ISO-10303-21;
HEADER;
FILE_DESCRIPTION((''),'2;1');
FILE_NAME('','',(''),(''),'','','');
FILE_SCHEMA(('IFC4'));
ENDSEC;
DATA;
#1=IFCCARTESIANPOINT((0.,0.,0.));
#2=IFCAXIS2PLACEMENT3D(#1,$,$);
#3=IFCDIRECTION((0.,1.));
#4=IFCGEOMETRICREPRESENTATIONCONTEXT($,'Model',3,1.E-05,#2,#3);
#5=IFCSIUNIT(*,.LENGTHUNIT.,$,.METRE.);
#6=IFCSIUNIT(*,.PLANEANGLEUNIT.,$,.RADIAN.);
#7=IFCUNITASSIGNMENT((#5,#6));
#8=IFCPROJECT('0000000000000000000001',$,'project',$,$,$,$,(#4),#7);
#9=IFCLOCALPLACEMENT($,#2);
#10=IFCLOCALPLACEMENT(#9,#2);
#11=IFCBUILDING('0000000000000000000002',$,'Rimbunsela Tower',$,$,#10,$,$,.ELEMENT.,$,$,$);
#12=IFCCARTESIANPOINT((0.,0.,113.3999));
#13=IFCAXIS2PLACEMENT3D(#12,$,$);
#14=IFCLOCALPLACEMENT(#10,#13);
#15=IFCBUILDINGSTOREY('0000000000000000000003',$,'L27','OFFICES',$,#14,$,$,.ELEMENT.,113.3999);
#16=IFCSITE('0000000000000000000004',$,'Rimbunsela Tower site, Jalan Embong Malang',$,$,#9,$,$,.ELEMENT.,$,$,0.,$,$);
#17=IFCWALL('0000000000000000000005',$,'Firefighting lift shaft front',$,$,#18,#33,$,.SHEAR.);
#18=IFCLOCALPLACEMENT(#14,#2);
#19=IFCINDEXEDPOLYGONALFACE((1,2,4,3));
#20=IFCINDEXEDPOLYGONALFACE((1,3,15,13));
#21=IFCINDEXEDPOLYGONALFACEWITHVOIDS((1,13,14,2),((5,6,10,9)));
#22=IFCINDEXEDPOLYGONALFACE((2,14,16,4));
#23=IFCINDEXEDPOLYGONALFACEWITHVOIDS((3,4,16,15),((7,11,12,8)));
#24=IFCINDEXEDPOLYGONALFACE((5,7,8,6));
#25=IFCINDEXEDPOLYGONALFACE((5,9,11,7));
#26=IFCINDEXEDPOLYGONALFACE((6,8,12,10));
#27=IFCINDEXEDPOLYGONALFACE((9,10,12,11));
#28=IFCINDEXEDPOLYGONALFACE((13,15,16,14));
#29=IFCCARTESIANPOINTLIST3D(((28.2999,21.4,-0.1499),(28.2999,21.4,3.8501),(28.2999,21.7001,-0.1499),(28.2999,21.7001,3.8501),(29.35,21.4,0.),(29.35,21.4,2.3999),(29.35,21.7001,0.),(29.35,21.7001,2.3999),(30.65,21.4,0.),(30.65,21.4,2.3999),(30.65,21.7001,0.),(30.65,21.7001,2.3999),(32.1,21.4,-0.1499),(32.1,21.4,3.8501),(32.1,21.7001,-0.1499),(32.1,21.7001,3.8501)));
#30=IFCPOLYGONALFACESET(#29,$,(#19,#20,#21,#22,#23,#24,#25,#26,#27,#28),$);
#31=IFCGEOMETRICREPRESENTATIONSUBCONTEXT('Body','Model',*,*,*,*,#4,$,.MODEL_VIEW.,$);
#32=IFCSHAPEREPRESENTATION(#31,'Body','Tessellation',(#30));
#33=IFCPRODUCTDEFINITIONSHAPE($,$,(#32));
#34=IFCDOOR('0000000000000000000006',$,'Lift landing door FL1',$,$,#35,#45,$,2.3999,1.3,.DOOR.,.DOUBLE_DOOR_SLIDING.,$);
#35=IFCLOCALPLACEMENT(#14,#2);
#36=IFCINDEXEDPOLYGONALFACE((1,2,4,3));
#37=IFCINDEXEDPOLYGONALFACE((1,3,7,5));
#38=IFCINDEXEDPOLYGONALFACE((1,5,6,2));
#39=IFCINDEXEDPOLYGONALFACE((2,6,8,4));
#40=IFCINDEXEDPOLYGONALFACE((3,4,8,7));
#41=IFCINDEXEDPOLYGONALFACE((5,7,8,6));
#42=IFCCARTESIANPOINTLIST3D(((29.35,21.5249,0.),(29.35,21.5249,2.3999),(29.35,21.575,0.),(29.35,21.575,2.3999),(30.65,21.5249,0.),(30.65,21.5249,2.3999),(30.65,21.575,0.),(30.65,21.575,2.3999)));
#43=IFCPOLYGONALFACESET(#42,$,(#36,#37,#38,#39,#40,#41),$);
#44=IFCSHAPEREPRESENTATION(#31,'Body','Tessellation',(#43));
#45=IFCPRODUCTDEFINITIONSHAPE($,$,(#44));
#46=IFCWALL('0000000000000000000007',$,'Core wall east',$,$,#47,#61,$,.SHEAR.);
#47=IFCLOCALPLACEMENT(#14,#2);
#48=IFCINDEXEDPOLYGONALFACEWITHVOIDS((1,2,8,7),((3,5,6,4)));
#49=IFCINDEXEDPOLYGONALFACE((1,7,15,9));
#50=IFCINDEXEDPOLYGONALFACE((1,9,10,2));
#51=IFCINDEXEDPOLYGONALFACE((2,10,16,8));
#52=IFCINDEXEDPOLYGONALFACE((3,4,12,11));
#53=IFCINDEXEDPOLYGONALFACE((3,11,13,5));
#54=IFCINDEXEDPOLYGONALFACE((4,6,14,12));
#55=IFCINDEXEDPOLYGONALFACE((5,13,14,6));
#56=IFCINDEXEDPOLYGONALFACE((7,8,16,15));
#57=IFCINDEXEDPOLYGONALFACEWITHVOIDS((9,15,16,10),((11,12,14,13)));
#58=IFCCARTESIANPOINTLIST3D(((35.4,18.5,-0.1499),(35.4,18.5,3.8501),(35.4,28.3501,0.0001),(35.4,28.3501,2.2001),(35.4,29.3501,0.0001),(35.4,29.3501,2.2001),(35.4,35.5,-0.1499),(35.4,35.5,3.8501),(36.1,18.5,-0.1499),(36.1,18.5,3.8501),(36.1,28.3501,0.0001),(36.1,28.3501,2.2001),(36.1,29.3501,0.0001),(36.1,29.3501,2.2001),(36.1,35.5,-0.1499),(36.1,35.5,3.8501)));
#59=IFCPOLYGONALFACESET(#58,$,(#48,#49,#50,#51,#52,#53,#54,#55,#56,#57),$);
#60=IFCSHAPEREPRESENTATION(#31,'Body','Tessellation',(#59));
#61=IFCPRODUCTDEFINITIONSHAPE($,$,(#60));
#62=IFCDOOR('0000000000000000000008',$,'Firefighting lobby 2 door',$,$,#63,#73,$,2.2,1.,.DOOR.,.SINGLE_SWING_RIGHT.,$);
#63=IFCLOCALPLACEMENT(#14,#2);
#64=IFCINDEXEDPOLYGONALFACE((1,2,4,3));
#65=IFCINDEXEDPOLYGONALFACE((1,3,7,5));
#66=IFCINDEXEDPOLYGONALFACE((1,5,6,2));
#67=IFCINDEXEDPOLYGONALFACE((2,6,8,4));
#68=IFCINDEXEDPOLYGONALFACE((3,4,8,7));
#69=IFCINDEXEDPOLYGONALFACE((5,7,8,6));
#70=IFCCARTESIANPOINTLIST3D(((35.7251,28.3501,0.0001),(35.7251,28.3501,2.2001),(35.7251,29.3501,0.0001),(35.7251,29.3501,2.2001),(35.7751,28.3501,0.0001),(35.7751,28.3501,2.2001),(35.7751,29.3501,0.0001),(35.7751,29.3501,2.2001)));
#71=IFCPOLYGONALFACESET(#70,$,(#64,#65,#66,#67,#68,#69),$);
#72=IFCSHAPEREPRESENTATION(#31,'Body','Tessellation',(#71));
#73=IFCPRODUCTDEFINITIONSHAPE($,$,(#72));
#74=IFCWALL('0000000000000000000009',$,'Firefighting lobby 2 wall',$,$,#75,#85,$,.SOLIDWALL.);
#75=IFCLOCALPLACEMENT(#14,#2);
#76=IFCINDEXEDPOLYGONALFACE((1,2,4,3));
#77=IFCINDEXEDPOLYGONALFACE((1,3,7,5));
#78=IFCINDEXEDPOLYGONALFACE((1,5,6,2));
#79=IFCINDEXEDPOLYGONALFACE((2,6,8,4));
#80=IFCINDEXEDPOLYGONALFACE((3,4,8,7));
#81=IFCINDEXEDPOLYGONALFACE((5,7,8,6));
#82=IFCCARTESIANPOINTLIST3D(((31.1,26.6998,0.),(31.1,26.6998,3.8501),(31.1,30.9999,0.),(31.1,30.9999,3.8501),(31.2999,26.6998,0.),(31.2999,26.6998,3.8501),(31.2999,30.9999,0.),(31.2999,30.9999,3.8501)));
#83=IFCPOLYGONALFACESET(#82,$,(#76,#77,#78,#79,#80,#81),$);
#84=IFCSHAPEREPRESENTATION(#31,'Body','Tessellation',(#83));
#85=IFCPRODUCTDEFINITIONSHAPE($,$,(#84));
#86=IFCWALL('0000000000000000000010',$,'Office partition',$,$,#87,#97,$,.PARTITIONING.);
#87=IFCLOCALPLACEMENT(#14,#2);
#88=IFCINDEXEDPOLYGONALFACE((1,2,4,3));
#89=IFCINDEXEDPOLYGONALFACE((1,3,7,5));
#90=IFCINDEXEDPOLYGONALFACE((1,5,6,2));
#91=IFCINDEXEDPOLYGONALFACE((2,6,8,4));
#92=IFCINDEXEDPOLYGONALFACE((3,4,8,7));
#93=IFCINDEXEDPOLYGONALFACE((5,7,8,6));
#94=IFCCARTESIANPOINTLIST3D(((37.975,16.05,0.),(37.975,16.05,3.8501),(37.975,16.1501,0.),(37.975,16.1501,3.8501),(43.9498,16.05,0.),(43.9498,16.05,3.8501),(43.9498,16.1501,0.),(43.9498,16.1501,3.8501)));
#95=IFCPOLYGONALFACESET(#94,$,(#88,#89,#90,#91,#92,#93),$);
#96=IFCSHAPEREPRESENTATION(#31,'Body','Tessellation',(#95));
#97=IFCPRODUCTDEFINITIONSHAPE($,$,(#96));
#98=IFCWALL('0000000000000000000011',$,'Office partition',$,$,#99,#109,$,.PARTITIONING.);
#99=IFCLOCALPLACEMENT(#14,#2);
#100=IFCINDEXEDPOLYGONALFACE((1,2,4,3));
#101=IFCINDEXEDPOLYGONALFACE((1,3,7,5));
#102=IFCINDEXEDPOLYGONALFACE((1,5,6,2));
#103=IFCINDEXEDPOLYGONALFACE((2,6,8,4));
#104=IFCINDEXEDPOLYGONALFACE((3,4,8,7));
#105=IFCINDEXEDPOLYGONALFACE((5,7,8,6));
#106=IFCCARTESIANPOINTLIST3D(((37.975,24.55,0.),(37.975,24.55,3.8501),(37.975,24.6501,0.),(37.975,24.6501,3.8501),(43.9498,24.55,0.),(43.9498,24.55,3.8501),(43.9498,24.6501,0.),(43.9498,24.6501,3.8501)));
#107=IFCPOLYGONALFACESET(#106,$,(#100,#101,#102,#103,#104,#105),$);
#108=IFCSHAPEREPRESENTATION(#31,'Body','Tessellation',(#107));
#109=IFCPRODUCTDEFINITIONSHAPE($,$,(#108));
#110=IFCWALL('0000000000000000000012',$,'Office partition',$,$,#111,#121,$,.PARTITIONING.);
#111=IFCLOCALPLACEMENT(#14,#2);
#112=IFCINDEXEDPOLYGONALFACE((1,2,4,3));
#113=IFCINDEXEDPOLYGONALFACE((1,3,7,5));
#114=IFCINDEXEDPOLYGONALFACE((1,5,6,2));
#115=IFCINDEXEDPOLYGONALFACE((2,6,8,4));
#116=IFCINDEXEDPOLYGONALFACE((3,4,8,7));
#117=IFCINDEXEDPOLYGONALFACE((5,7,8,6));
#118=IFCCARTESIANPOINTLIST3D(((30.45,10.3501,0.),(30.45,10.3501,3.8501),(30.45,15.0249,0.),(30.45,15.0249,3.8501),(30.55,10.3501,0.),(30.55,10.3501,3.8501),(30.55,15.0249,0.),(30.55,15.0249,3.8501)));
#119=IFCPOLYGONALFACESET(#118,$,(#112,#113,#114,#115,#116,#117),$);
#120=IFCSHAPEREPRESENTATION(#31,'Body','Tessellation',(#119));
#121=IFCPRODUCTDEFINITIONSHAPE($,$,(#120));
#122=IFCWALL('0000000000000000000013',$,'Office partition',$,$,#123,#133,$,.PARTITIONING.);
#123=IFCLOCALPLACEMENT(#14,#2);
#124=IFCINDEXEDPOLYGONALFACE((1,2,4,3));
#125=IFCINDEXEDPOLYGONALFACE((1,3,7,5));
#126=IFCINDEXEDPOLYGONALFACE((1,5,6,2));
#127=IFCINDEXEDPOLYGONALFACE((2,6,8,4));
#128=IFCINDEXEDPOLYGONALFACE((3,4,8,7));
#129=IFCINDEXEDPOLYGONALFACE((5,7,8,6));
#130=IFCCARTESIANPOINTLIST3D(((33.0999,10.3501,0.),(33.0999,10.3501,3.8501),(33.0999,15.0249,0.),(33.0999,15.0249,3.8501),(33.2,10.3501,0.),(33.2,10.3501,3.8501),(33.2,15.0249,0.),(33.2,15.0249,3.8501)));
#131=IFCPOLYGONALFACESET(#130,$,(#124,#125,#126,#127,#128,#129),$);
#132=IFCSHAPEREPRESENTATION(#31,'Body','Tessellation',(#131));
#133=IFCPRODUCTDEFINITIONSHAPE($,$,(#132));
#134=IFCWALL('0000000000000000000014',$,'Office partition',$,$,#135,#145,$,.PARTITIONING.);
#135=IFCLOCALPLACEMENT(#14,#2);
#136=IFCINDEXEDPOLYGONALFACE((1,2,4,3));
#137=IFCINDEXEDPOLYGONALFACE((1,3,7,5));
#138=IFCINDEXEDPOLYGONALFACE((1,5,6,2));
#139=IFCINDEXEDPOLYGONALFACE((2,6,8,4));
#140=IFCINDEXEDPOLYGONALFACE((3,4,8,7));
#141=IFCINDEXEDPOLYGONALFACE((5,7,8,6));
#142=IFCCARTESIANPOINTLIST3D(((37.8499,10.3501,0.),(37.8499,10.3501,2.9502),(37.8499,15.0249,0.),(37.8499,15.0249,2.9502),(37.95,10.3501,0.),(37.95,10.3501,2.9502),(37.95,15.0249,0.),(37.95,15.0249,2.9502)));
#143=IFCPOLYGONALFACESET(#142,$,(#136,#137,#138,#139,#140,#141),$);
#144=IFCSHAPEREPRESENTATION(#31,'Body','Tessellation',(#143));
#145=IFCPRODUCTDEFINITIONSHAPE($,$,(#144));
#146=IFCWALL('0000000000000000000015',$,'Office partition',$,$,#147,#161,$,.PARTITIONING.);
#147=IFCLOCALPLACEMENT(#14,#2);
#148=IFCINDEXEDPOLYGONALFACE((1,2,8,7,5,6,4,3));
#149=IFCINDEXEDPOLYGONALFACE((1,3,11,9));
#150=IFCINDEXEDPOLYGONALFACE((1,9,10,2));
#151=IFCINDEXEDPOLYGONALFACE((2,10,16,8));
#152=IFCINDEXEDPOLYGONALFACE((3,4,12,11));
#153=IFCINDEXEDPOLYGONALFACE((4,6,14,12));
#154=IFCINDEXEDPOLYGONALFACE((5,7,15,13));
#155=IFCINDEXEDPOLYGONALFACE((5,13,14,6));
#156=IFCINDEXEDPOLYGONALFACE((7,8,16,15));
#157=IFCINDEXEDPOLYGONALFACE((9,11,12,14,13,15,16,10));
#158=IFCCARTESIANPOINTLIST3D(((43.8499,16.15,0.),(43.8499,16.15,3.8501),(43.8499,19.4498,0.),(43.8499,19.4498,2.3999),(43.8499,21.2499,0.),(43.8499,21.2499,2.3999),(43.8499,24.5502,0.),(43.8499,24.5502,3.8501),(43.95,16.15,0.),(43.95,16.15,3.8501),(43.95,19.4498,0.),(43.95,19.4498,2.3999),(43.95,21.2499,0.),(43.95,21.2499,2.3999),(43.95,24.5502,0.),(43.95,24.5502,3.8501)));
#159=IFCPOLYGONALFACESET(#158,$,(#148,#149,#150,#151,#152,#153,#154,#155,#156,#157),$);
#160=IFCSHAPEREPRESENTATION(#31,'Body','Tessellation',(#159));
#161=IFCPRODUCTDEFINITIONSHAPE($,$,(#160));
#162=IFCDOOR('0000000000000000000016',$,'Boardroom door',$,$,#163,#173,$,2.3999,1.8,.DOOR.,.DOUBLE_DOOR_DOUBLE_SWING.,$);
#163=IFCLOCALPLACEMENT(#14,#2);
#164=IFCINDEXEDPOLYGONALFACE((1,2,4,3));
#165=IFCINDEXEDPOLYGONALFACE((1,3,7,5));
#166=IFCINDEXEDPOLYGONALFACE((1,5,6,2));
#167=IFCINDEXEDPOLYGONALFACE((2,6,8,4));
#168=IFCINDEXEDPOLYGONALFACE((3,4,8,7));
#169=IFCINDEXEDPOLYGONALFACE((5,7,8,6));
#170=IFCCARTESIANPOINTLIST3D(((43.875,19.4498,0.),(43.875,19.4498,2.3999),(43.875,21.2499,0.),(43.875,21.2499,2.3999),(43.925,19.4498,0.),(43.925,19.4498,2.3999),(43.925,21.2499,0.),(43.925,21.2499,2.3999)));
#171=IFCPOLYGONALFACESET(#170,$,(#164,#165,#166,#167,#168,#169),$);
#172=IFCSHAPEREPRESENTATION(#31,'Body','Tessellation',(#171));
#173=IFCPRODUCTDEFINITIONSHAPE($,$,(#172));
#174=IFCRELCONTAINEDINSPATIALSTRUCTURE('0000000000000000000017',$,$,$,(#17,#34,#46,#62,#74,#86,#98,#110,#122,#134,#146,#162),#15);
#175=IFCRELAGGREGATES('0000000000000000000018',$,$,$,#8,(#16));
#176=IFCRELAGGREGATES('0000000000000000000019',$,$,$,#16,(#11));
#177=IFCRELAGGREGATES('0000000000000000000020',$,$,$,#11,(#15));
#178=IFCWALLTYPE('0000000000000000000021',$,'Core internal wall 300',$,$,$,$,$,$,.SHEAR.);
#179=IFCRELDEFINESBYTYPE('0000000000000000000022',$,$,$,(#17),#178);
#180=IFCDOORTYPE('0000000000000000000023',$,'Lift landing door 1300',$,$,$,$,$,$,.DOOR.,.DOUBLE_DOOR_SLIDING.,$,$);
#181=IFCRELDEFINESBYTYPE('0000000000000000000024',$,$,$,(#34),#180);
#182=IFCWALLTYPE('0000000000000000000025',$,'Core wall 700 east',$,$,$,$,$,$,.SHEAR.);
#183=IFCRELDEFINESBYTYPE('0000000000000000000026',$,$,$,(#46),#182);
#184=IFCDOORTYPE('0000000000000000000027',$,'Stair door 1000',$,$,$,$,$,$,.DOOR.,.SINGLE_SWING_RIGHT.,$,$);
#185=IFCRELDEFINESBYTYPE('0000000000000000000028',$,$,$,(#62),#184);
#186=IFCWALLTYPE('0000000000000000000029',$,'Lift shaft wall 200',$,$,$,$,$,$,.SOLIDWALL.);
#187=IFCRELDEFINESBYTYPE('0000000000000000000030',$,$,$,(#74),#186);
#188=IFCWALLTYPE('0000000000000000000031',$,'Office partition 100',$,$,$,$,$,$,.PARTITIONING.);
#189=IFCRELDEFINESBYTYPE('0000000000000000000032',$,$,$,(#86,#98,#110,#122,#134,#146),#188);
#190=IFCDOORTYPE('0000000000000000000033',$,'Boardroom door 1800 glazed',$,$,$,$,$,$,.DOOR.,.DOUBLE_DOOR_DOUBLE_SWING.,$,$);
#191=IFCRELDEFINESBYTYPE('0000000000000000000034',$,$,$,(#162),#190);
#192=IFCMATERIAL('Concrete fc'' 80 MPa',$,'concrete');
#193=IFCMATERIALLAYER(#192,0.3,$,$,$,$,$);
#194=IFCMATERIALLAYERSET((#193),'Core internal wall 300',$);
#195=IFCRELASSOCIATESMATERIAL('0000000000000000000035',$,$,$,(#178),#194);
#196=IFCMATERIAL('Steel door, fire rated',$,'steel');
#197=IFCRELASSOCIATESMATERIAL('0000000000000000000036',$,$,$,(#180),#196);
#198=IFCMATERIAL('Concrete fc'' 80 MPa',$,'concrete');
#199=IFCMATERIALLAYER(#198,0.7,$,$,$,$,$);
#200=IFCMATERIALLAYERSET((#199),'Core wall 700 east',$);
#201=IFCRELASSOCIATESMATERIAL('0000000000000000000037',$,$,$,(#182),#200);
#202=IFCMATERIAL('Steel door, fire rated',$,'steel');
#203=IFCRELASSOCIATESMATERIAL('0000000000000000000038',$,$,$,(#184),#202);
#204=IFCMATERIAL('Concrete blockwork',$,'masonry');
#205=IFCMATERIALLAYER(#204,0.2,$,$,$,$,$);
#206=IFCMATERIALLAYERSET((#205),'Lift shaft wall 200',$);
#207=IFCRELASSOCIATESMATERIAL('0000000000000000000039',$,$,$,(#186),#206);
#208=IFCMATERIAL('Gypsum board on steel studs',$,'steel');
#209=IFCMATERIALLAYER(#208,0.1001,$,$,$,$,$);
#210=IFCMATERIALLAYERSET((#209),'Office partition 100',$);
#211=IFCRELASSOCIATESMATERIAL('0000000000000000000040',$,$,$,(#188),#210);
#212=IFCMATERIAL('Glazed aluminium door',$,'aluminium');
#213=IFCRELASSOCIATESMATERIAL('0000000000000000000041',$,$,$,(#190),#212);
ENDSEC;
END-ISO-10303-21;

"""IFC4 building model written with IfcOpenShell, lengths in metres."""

from ifc_helpers import new_model, si_unit, direction, frame, frame_2d, origin, place, context, subcontext, project, spatial, rectangle, extrude, material, layer, layer_set, type_object, element, fill, save


model = new_model("IFC4")

# Units and contexts
model_context = context("Model", 3, precision=1e-05, world=origin(), true_north=direction((0.0, 1.0)))
body_context = subcontext(model_context, "Body", "Model", "MODEL_VIEW")
ifc_project = project(units=[si_unit("LENGTHUNIT", "METRE"), si_unit("PLANEANGLEUNIT", "RADIAN")], contexts=[model_context])

# Site, building, storey
site_placement = place(None, origin())
site = spatial("IfcSite", under=ifc_project, at=site_placement, Name="Rimbunsela Tower site, Jalan Embong Malang", CompositionType="ELEMENT", RefElevation=0.0)
building_placement = place(site_placement, origin())
building = spatial("IfcBuilding", under=site, at=building_placement, Name="Rimbunsela Tower", CompositionType="ELEMENT")
storey_placement = place(building_placement, frame((0.0, 0.0, 113.3999)))
storey = spatial("IfcBuildingStorey", under=building, at=storey_placement, Name="L27", Description="OFFICES", CompositionType="ELEMENT", Elevation=113.3999)

# Shared definitions
ifc_material_1 = material(Name="Concrete fc' 80 MPa", Category="concrete")
ifc_layer_1 = layer(ifc_material_1, 0.3)
ifc_layer_set_1 = layer_set([ifc_layer_1], Name="Core internal wall 300")
wall_type_1 = type_object("IfcWallType", Name="Core internal wall 300", PredefinedType="SHEAR", material=ifc_layer_set_1)

# Walls, openings, doors
wall_1_placement = place(storey_placement, frame((28.3, 21.55, -0.1499), z_axis=(0.0, 0.0, 1.0), x_axis=(1.0, 0.0, 0.0)))
wall_1 = element("IfcWall", 1, at=wall_1_placement, inside=storey, type_object=wall_type_1, Name="Firefighting lift shaft front", PredefinedType="SHEAR", context=body_context, shape_type="SweptSolid", body=[
    extrude(rectangle(XDim=3.8, YDim=0.3, at=frame_2d((1.8999, 0.0))), origin(), (0.0, 0.0, 1.0), 4.0),
])
opening_1_placement = place(wall_1_placement, frame((1.05, 0.0, 0.1499)))
opening_1 = element("IfcOpeningElement", 2, at=opening_1_placement, cuts=wall_1, PredefinedType="OPENING", context=body_context, shape_type="SweptSolid", body=[
    extrude(rectangle(XDim=1.3, YDim=2.3999, at=frame_2d((0.6499, 1.2))), frame((0.0, 0.1599, 0.0), z_axis=(0.0, -1.0, 0.0), x_axis=(1.0, 0.0, 0.0)), (0.0, 0.0, 1.0), 0.3201),
])
ifc_material_2 = material(Name="Steel door, fire rated", Category="steel")
door_type_1 = type_object("IfcDoorType", Name="Lift landing door 1300", OperationType="DOUBLE_DOOR_SLIDING", PredefinedType="DOOR", material=ifc_material_2)
door_1_placement = place(opening_1_placement, origin())
door_1 = element("IfcDoor", 3, at=door_1_placement, inside=storey, type_object=door_type_1, Name="Lift landing door FL1", OperationType="DOUBLE_DOOR_SLIDING", OverallHeight=2.3999, OverallWidth=1.3, PredefinedType="DOOR", context=body_context, shape_type="SweptSolid", body=[
    extrude(rectangle(XDim=1.3, YDim=2.3999, at=frame_2d((0.6499, 1.2))), frame((0.0, 0.0249, 0.0), z_axis=(0.0, -1.0, 0.0), x_axis=(1.0, 0.0, 0.0)), (0.0, 0.0, 1.0), 0.05),
])
fill(opening_1, door_1)
ifc_material_3 = material(Name="Concrete fc' 80 MPa", Category="concrete")
ifc_layer_2 = layer(ifc_material_3, 0.7)
ifc_layer_set_2 = layer_set([ifc_layer_2], Name="Core wall 700 east")
wall_type_2 = type_object("IfcWallType", Name="Core wall 700 east", PredefinedType="SHEAR", material=ifc_layer_set_2)
wall_2_placement = place(storey_placement, frame((35.75, 18.5, -0.1499), z_axis=(0.0, 0.0, 1.0), x_axis=(0.0, 1.0, 0.0)))
wall_2 = element("IfcWall", 4, at=wall_2_placement, inside=storey, type_object=wall_type_2, Name="Core wall east", PredefinedType="SHEAR", context=body_context, shape_type="SweptSolid", body=[
    extrude(rectangle(XDim=17.0, YDim=0.7, at=frame_2d((8.5, 0.0))), origin(), (0.0, 0.0, 1.0), 4.0),
])
opening_2_placement = place(wall_2_placement, frame((9.8501, 0.0, 0.1499)))
opening_2 = element("IfcOpeningElement", 5, at=opening_2_placement, cuts=wall_2, PredefinedType="OPENING", context=body_context, shape_type="SweptSolid", body=[
    extrude(rectangle(XDim=1.0, YDim=2.2, at=frame_2d((0.5, 1.1001))), frame((0.0, 0.3599, 0.0), z_axis=(0.0, -1.0, 0.0), x_axis=(1.0, 0.0, 0.0)), (0.0, 0.0, 1.0), 0.72),
])
ifc_material_4 = material(Name="Steel door, fire rated", Category="steel")
door_type_2 = type_object("IfcDoorType", Name="Stair door 1000", OperationType="SINGLE_SWING_RIGHT", PredefinedType="DOOR", material=ifc_material_4)
door_2_placement = place(opening_2_placement, origin())
door_2 = element("IfcDoor", 6, at=door_2_placement, inside=storey, type_object=door_type_2, Name="Firefighting lobby 2 door", OperationType="SINGLE_SWING_RIGHT", OverallHeight=2.2, OverallWidth=1.0, PredefinedType="DOOR", context=body_context, shape_type="SweptSolid", body=[
    extrude(rectangle(XDim=1.0, YDim=2.2, at=frame_2d((0.5, 1.1001))), frame((0.0, 0.0249, 0.0), z_axis=(0.0, -1.0, 0.0), x_axis=(1.0, 0.0, 0.0)), (0.0, 0.0, 1.0), 0.05),
])
fill(opening_2, door_2)

# Walls
ifc_material_5 = material(Name="Concrete blockwork", Category="masonry")
ifc_layer_3 = layer(ifc_material_5, 0.2)
ifc_layer_set_3 = layer_set([ifc_layer_3], Name="Lift shaft wall 200")
wall_type_3 = type_object("IfcWallType", Name="Lift shaft wall 200", PredefinedType="SOLIDWALL", material=ifc_layer_set_3)
wall_3_placement = place(storey_placement, frame((31.2, 26.7, 0.0), z_axis=(0.0, 0.0, 1.0), x_axis=(0.0, 1.0, 0.0)))
element("IfcWall", 7, at=wall_3_placement, inside=storey, type_object=wall_type_3, Name="Firefighting lobby 2 wall", PredefinedType="SOLIDWALL", context=body_context, shape_type="SweptSolid", body=[
    extrude(rectangle(XDim=4.3, YDim=0.2, at=frame_2d((2.1499, 0.0))), origin(), (0.0, 0.0, 1.0), 3.8501),
])
ifc_material_6 = material(Name="Gypsum board on steel studs", Category="steel")
ifc_layer_4 = layer(ifc_material_6, 0.1001)
ifc_layer_set_4 = layer_set([ifc_layer_4], Name="Office partition 100")
wall_type_4 = type_object("IfcWallType", Name="Office partition 100", PredefinedType="PARTITIONING", material=ifc_layer_set_4)
for number, where, z_axis, x_axis, name in (
    (8, (37.9751, 16.1001, 0.0), (0.0, 0.0, 1.0), (1.0, 0.0, 0.0), "Office partition"),
    (9, (37.9751, 24.6001, 0.0), (0.0, 0.0, 1.0), (1.0, 0.0, 0.0), "Office partition"),
):
    element("IfcWall", number, at=place(storey_placement, frame(where, z_axis=z_axis, x_axis=x_axis)), inside=storey, type_object=wall_type_4, Name=name, PredefinedType="PARTITIONING", context=body_context, shape_type="SweptSolid", body=[
        extrude(rectangle(XDim=5.9749, YDim=0.1001, at=frame_2d((2.9873, 0.0))), origin(), (0.0, 0.0, 1.0), 3.8501),
    ])
for number, where, z_axis, x_axis, name in (
    (10, (30.5, 10.3501, 0.0), (0.0, 0.0, 1.0), (0.0, 1.0, 0.0), "Office partition"),
    (11, (33.1499, 10.3501, 0.0), (0.0, 0.0, 1.0), (0.0, 1.0, 0.0), "Office partition"),
):
    element("IfcWall", number, at=place(storey_placement, frame(where, z_axis=z_axis, x_axis=x_axis)), inside=storey, type_object=wall_type_4, Name=name, PredefinedType="PARTITIONING", context=body_context, shape_type="SweptSolid", body=[
        extrude(rectangle(XDim=4.6748, YDim=0.1001, at=frame_2d((2.3374, 0.0))), origin(), (0.0, 0.0, 1.0), 3.8501),
    ])
wall_4_placement = place(storey_placement, frame((37.8999, 10.3501, 0.0), z_axis=(0.0, 0.0, 1.0), x_axis=(0.0, 1.0, 0.0)))
element("IfcWall", 12, at=wall_4_placement, inside=storey, type_object=wall_type_4, Name="Office partition", PredefinedType="PARTITIONING", context=body_context, shape_type="SweptSolid", body=[
    extrude(rectangle(XDim=4.6748, YDim=0.1001, at=frame_2d((2.3374, 0.0))), origin(), (0.0, 0.0, 1.0), 2.9502),
])

# Wall, opening, door
wall_5_placement = place(storey_placement, frame((43.8999, 16.1499, 0.0), z_axis=(0.0, 0.0, 1.0), x_axis=(0.0, 1.0, 0.0)))
wall_5 = element("IfcWall", 13, at=wall_5_placement, inside=storey, type_object=wall_type_4, Name="Office partition", PredefinedType="PARTITIONING", context=body_context, shape_type="SweptSolid", body=[
    extrude(rectangle(XDim=8.4001, YDim=0.1001, at=frame_2d((4.2002, 0.0))), origin(), (0.0, 0.0, 1.0), 3.8501),
])
opening_3_placement = place(wall_5_placement, frame((3.3, 0.0, 0.0)))
opening_3 = element("IfcOpeningElement", 14, at=opening_3_placement, cuts=wall_5, PredefinedType="OPENING", context=body_context, shape_type="SweptSolid", body=[
    extrude(rectangle(XDim=1.8, YDim=2.3999, at=frame_2d((0.8999, 1.2))), frame((0.0, 0.0601, 0.0), z_axis=(0.0, -1.0, 0.0), x_axis=(1.0, 0.0, 0.0)), (0.0, 0.0, 1.0), 0.1201),
])
ifc_material_7 = material(Name="Glazed aluminium door", Category="aluminium")
door_type_3 = type_object("IfcDoorType", Name="Boardroom door 1800 glazed", OperationType="DOUBLE_DOOR_DOUBLE_SWING", PredefinedType="DOOR", material=ifc_material_7)
door_3_placement = place(opening_3_placement, origin())
door_3 = element("IfcDoor", 15, at=door_3_placement, inside=storey, type_object=door_type_3, Name="Boardroom door", OperationType="DOUBLE_DOOR_DOUBLE_SWING", OverallHeight=2.3999, OverallWidth=1.8, PredefinedType="DOOR", context=body_context, shape_type="SweptSolid", body=[
    extrude(rectangle(XDim=1.8, YDim=2.3999, at=frame_2d((0.8999, 1.2))), frame((0.0, 0.0249, 0.0), z_axis=(0.0, -1.0, 0.0), x_axis=(1.0, 0.0, 0.0)), (0.0, 0.0, 1.0), 0.05),
])
fill(opening_3, door_3)

save(model, "model.ifc")
